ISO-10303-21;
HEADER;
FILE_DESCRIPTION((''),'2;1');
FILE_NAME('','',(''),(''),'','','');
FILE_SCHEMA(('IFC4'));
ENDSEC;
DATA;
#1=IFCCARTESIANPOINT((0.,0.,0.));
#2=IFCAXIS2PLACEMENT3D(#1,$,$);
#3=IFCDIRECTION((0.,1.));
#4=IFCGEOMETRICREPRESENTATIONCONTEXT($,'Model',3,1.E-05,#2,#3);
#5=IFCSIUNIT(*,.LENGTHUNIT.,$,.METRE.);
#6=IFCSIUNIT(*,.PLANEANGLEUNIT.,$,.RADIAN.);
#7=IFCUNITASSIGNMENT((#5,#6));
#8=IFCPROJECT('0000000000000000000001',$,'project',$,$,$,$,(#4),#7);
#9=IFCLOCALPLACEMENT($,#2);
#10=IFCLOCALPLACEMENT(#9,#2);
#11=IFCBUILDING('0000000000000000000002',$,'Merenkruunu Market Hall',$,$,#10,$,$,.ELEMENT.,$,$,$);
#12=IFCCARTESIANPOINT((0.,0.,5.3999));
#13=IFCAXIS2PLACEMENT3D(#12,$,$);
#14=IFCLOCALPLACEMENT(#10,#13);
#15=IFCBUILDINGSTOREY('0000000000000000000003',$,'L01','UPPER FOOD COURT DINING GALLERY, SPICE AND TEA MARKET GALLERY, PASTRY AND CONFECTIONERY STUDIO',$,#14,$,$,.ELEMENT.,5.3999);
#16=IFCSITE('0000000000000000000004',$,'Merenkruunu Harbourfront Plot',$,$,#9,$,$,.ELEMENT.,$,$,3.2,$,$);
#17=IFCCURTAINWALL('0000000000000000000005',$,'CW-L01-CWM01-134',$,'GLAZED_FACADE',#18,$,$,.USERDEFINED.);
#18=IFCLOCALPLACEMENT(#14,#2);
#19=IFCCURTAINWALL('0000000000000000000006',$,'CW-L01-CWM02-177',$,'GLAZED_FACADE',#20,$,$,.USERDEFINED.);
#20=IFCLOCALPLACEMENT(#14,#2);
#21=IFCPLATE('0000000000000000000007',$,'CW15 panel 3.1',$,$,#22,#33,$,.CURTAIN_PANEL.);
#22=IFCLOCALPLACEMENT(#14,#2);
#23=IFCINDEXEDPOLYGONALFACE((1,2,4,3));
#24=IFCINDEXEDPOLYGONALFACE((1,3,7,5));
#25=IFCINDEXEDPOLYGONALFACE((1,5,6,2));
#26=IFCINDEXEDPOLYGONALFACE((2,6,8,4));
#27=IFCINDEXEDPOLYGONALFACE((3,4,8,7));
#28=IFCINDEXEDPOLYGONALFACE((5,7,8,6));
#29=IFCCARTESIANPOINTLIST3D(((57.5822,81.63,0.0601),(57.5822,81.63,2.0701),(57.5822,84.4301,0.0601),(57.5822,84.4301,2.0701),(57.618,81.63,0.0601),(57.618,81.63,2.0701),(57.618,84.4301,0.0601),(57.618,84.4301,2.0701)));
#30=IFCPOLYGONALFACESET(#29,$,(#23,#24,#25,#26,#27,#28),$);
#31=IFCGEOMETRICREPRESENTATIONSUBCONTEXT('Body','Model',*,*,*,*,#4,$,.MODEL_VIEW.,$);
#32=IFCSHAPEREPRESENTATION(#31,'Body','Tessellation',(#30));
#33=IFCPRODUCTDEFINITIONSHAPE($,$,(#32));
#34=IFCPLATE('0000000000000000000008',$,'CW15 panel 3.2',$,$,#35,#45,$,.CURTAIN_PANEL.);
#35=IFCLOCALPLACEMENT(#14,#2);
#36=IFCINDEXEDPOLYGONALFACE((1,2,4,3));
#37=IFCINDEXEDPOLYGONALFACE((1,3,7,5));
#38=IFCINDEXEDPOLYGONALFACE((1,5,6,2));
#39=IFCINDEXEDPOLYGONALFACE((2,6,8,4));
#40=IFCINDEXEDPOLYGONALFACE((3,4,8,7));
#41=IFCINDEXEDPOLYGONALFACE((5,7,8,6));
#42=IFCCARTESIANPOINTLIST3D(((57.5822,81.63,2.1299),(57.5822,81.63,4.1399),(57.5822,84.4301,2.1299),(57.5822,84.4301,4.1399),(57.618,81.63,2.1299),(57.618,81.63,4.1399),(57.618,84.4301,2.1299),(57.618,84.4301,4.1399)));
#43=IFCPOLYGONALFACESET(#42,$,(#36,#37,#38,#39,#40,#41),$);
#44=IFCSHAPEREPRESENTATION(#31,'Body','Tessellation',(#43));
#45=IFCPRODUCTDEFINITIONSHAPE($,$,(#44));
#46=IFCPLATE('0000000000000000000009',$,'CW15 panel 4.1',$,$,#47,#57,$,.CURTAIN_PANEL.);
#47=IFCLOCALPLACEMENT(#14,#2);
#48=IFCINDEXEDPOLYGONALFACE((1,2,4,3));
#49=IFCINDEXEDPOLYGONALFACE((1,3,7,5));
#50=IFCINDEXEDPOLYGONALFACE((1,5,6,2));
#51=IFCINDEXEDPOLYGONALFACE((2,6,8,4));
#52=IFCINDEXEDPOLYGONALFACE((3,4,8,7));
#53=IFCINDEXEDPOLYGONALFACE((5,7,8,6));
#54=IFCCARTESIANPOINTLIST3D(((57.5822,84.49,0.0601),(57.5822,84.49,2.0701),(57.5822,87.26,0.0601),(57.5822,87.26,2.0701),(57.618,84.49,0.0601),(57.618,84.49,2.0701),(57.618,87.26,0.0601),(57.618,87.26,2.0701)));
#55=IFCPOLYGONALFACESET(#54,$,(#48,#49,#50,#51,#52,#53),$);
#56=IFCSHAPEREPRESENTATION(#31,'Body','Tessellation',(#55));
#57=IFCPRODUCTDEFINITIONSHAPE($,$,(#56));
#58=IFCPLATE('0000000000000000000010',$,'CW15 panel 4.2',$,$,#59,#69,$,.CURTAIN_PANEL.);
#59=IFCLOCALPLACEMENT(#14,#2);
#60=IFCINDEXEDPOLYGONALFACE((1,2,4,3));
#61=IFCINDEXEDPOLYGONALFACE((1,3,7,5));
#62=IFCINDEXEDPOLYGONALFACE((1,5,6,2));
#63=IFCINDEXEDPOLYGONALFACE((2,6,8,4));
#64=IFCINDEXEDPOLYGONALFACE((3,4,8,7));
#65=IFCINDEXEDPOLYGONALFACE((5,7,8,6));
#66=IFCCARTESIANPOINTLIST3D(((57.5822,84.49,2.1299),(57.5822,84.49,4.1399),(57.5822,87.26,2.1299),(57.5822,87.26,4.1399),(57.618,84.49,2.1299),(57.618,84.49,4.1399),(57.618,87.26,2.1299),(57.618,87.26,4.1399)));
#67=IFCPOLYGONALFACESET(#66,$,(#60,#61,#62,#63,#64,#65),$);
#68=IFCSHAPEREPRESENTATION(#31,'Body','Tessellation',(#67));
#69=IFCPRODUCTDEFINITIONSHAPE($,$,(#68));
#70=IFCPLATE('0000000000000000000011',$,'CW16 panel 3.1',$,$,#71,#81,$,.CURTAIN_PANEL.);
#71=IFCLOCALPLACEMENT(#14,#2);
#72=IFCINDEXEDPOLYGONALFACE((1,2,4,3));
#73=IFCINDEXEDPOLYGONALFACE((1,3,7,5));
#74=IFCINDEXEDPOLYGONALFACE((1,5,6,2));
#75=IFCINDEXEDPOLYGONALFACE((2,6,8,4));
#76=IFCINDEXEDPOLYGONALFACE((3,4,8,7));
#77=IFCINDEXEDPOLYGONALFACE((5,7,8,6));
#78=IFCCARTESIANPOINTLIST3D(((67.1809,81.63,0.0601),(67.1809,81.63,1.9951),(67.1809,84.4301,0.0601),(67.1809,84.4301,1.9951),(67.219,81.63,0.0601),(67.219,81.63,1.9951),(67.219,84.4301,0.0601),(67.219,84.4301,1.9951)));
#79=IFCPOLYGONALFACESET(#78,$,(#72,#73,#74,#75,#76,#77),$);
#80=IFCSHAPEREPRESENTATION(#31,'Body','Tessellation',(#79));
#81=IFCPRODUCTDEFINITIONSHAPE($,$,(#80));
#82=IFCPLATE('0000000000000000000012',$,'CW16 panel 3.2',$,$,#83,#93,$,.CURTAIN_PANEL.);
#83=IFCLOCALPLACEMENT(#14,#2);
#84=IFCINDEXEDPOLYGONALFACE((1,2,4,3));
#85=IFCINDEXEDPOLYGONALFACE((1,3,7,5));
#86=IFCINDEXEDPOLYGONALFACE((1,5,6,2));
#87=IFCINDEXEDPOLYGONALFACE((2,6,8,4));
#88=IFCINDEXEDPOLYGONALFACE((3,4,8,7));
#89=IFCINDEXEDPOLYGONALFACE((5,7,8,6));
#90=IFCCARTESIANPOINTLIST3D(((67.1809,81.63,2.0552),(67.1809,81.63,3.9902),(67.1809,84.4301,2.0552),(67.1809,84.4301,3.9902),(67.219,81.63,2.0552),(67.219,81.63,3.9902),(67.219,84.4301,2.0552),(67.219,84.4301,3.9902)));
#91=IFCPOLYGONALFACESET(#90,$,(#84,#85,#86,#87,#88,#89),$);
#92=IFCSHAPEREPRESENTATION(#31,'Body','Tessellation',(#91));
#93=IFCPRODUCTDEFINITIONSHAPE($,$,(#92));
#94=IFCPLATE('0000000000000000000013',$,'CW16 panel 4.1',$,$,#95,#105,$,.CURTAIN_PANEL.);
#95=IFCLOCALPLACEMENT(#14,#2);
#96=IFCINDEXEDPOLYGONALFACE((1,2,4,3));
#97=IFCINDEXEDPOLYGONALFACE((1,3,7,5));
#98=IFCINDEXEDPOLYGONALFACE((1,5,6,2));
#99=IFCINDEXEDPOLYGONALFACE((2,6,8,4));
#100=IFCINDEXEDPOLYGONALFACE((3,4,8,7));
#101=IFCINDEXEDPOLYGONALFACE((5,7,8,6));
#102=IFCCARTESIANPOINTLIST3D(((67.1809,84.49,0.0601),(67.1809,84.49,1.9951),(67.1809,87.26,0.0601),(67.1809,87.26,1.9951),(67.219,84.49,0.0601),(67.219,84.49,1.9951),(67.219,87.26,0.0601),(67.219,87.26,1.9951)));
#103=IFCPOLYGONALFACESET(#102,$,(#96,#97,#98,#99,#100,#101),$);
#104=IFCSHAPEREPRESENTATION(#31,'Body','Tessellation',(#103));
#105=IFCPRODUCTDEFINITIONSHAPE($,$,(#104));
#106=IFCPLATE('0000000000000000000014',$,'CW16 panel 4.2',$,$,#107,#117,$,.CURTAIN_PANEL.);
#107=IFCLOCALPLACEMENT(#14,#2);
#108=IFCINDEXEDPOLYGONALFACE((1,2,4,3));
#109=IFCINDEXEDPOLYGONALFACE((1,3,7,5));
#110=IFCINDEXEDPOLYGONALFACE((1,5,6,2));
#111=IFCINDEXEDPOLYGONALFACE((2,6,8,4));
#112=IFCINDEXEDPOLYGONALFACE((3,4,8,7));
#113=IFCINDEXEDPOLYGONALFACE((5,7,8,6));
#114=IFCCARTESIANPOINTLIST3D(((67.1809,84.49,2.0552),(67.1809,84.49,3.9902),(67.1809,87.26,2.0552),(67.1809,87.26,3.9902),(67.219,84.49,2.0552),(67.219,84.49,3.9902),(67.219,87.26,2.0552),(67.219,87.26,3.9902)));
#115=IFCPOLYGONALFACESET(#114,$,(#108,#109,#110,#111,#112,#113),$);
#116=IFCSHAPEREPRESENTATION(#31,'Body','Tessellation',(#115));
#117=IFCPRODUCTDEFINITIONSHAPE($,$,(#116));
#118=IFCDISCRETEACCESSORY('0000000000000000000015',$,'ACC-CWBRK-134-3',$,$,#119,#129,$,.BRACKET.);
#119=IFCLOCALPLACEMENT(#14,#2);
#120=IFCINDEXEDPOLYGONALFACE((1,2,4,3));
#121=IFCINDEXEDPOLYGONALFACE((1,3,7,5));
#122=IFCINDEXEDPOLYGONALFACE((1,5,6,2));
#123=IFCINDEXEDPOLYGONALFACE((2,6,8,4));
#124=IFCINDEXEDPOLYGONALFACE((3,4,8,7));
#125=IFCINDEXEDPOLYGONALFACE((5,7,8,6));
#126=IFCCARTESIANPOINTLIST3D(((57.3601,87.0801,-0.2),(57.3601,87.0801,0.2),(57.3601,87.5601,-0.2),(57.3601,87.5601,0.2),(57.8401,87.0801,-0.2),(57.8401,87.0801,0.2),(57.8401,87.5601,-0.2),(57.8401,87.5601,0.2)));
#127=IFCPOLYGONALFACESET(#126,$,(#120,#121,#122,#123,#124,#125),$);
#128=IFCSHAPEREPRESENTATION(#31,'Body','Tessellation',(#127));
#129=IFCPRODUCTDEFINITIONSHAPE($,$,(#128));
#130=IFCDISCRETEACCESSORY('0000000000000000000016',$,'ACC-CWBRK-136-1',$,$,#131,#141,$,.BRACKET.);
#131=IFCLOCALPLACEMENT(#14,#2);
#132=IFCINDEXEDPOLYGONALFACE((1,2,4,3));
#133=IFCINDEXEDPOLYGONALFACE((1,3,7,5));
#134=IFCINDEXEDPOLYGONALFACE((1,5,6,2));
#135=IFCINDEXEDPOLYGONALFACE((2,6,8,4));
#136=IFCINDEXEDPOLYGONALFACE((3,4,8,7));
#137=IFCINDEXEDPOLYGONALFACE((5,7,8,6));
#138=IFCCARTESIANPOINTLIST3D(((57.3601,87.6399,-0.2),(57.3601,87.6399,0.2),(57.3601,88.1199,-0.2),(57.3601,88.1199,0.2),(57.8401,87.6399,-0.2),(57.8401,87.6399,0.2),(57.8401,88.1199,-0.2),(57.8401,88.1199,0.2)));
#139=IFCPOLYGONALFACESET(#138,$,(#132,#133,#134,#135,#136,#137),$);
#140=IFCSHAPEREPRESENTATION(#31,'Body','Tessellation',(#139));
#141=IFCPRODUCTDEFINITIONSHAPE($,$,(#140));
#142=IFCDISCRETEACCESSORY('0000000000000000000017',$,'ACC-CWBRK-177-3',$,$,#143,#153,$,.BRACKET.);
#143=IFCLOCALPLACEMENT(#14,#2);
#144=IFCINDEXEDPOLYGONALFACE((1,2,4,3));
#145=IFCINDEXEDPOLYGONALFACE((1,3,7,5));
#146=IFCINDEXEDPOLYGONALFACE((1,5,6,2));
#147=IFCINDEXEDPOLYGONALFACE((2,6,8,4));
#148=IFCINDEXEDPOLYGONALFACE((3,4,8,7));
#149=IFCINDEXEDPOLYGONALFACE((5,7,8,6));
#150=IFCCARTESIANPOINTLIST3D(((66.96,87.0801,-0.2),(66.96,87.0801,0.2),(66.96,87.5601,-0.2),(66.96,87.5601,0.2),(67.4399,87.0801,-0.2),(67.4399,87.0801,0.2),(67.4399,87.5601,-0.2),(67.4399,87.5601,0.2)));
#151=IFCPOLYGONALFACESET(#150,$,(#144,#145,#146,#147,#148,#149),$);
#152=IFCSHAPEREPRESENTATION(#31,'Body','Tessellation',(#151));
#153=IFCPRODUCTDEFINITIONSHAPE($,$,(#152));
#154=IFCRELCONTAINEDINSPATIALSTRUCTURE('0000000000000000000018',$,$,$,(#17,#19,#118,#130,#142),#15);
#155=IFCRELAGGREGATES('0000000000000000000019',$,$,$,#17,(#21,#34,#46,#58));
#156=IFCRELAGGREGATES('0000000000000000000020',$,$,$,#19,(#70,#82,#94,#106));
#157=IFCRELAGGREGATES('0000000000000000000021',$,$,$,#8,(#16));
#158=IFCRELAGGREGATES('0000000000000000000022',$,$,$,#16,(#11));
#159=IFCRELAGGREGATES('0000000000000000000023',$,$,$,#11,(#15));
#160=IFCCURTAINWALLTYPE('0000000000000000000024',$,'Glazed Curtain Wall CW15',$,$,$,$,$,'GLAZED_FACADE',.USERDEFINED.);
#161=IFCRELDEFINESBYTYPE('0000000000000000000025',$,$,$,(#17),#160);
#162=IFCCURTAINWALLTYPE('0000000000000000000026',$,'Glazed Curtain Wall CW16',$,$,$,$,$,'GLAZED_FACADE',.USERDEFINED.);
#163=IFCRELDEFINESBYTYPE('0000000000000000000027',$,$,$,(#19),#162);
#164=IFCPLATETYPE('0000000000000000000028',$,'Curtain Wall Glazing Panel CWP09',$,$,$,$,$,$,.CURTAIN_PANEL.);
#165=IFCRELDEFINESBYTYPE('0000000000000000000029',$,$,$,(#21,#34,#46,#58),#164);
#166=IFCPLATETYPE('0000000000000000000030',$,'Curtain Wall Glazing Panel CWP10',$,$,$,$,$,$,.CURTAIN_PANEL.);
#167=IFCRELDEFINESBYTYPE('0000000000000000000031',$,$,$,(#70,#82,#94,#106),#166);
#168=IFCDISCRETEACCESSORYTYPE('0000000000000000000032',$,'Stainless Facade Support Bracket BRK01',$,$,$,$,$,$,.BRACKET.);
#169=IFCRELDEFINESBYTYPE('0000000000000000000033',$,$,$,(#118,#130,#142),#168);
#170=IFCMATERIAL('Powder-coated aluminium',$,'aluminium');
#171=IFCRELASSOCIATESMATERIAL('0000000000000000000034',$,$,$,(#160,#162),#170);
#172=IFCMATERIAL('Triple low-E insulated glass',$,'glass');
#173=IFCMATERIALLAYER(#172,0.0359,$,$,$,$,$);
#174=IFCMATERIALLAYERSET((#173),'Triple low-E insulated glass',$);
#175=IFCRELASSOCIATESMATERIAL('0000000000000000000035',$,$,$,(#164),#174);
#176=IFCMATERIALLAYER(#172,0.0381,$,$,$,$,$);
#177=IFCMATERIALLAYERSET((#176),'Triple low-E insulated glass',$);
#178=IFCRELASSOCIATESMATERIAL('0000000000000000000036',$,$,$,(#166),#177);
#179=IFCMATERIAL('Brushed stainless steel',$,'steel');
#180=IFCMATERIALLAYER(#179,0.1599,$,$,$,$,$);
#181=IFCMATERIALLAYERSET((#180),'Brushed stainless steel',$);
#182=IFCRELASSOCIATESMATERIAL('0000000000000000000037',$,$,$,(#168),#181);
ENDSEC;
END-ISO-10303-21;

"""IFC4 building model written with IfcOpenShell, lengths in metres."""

from ifc_helpers import new_model, si_unit, direction, frame, origin, origin_2d, place, context, subcontext, project, spatial, rectangle, extrude, material, layer, layer_set, type_object, element, aggregate, save


model = new_model("IFC4")

# Units and contexts
model_context = context("Model", 3, precision=1e-05, world=origin(), true_north=direction((0.0, 1.0)))
body_context = subcontext(model_context, "Body", "Model", "MODEL_VIEW")
ifc_project = project(units=[si_unit("LENGTHUNIT", "METRE"), si_unit("PLANEANGLEUNIT", "RADIAN")], contexts=[model_context])

# Site, building, storey
site_placement = place(None, origin())
site = spatial("IfcSite", under=ifc_project, at=site_placement, Name="Merenkruunu Harbourfront Plot", CompositionType="ELEMENT", RefElevation=3.2)
building_placement = place(site_placement, origin())
building = spatial("IfcBuilding", under=site, at=building_placement, Name="Merenkruunu Market Hall", CompositionType="ELEMENT")
storey_placement = place(building_placement, frame((0.0, 0.0, 5.3999)))
storey = spatial("IfcBuildingStorey", under=building, at=storey_placement, Name="L01", Description="UPPER FOOD COURT DINING GALLERY, SPICE AND TEA MARKET GALLERY, PASTRY AND CONFECTIONERY STUDIO", CompositionType="ELEMENT", Elevation=5.3999)

# Curtain wall
ifc_material_1 = material(Name="Powder-coated aluminium", Category="aluminium")
curtain_wall_type_1 = type_object("IfcCurtainWallType", Name="Glazed Curtain Wall CW15", ElementType="GLAZED_FACADE", PredefinedType="USERDEFINED", material=ifc_material_1)
curtain_wall_1_placement = place(storey_placement, origin())
curtain_wall_1 = element("IfcCurtainWall", 1, at=curtain_wall_1_placement, inside=storey, type_object=curtain_wall_type_1, Name="CW-L01-CWM01-134", ObjectType="GLAZED_FACADE", PredefinedType="USERDEFINED")

# Curtain wall
curtain_wall_type_2 = type_object("IfcCurtainWallType", Name="Glazed Curtain Wall CW16", ElementType="GLAZED_FACADE", PredefinedType="USERDEFINED", material=ifc_material_1)
curtain_wall_2_placement = place(storey_placement, origin())
curtain_wall_2 = element("IfcCurtainWall", 2, at=curtain_wall_2_placement, inside=storey, type_object=curtain_wall_type_2, Name="CW-L01-CWM02-177", ObjectType="GLAZED_FACADE", PredefinedType="USERDEFINED")

# Plates
ifc_material_2 = material(Name="Triple low-E insulated glass", Category="glass")
ifc_layer_1 = layer(ifc_material_2, 0.0359)
ifc_layer_set_1 = layer_set([ifc_layer_1], Name="Triple low-E insulated glass")
plate_type_1 = type_object("IfcPlateType", Name="Curtain Wall Glazing Panel CWP09", PredefinedType="CURTAIN_PANEL", material=ifc_layer_set_1)
plate_1_placement = place(storey_placement, frame((57.6001, 83.03, 0.0601), z_axis=(0.0, 0.0, 1.0), x_axis=(0.0, 1.0, 0.0)))
plate_1 = element("IfcPlate", 3, at=plate_1_placement, type_object=plate_type_1, Name="CW15 panel 3.1", PredefinedType="CURTAIN_PANEL", context=body_context, shape_type="SweptSolid", body=[
    extrude(rectangle(XDim=2.8, YDim=0.0359, at=origin_2d()), origin(), (0.0, 0.0, 1.0), 2.01),
])
plate_2_placement = place(storey_placement, frame((57.6001, 83.03, 2.1299), z_axis=(0.0, 0.0, 1.0), x_axis=(0.0, 1.0, 0.0)))
plate_2 = element("IfcPlate", 4, at=plate_2_placement, type_object=plate_type_1, Name="CW15 panel 3.2", PredefinedType="CURTAIN_PANEL", context=body_context, shape_type="SweptSolid", body=[
    extrude(rectangle(XDim=2.8, YDim=0.0359, at=origin_2d()), origin(), (0.0, 0.0, 1.0), 2.01),
])
plate_3_placement = place(storey_placement, frame((57.6001, 85.875, 0.0601), z_axis=(0.0, 0.0, 1.0), x_axis=(0.0, 1.0, 0.0)))
plate_3 = element("IfcPlate", 5, at=plate_3_placement, type_object=plate_type_1, Name="CW15 panel 4.1", PredefinedType="CURTAIN_PANEL", context=body_context, shape_type="SweptSolid", body=[
    extrude(rectangle(XDim=2.77, YDim=0.0359, at=origin_2d()), origin(), (0.0, 0.0, 1.0), 2.01),
])
plate_4_placement = place(storey_placement, frame((57.6001, 85.875, 2.1299), z_axis=(0.0, 0.0, 1.0), x_axis=(0.0, 1.0, 0.0)))
plate_4 = element("IfcPlate", 6, at=plate_4_placement, type_object=plate_type_1, Name="CW15 panel 4.2", PredefinedType="CURTAIN_PANEL", context=body_context, shape_type="SweptSolid", body=[
    extrude(rectangle(XDim=2.77, YDim=0.0359, at=origin_2d()), origin(), (0.0, 0.0, 1.0), 2.01),
])
aggregate(curtain_wall_1, [plate_1, plate_2, plate_3, plate_4])
ifc_layer_2 = layer(ifc_material_2, 0.0381)
ifc_layer_set_2 = layer_set([ifc_layer_2], Name="Triple low-E insulated glass")
plate_type_2 = type_object("IfcPlateType", Name="Curtain Wall Glazing Panel CWP10", PredefinedType="CURTAIN_PANEL", material=ifc_layer_set_2)
plate_5_placement = place(storey_placement, frame((67.2, 83.03, 0.0601), z_axis=(0.0, 0.0, 1.0), x_axis=(0.0, 1.0, 0.0)))
plate_5 = element("IfcPlate", 7, at=plate_5_placement, type_object=plate_type_2, Name="CW16 panel 3.1", PredefinedType="CURTAIN_PANEL", context=body_context, shape_type="SweptSolid", body=[
    extrude(rectangle(XDim=2.8, YDim=0.0381, at=origin_2d()), origin(), (0.0, 0.0, 1.0), 1.9351),
])
plate_6_placement = place(storey_placement, frame((67.2, 83.03, 2.0552), z_axis=(0.0, 0.0, 1.0), x_axis=(0.0, 1.0, 0.0)))
plate_6 = element("IfcPlate", 8, at=plate_6_placement, type_object=plate_type_2, Name="CW16 panel 3.2", PredefinedType="CURTAIN_PANEL", context=body_context, shape_type="SweptSolid", body=[
    extrude(rectangle(XDim=2.8, YDim=0.0381, at=origin_2d()), origin(), (0.0, 0.0, 1.0), 1.9351),
])
plate_7_placement = place(storey_placement, frame((67.2, 85.875, 0.0601), z_axis=(0.0, 0.0, 1.0), x_axis=(0.0, 1.0, 0.0)))
plate_7 = element("IfcPlate", 9, at=plate_7_placement, type_object=plate_type_2, Name="CW16 panel 4.1", PredefinedType="CURTAIN_PANEL", context=body_context, shape_type="SweptSolid", body=[
    extrude(rectangle(XDim=2.77, YDim=0.0381, at=origin_2d()), origin(), (0.0, 0.0, 1.0), 1.9351),
])
plate_8_placement = place(storey_placement, frame((67.2, 85.875, 2.0552), z_axis=(0.0, 0.0, 1.0), x_axis=(0.0, 1.0, 0.0)))
plate_8 = element("IfcPlate", 10, at=plate_8_placement, type_object=plate_type_2, Name="CW16 panel 4.2", PredefinedType="CURTAIN_PANEL", context=body_context, shape_type="SweptSolid", body=[
    extrude(rectangle(XDim=2.77, YDim=0.0381, at=origin_2d()), origin(), (0.0, 0.0, 1.0), 1.9351),
])
aggregate(curtain_wall_2, [plate_5, plate_6, plate_7, plate_8])

# Discrete accessories
ifc_material_3 = material(Name="Brushed stainless steel", Category="steel")
ifc_layer_3 = layer(ifc_material_3, 0.1599)
ifc_layer_set_3 = layer_set([ifc_layer_3], Name="Brushed stainless steel")
discrete_accessory_type = type_object("IfcDiscreteAccessoryType", Name="Stainless Facade Support Bracket BRK01", PredefinedType="BRACKET", material=ifc_layer_set_3)
for number, where, z_axis, x_axis, name in (
    (11, (57.6001, 87.3201, -0.2), (0.0, 0.0, 1.0), (1.0, 0.0, 0.0), "ACC-CWBRK-134-3"),
    (12, (57.6001, 87.8799, -0.2), (0.0, 0.0, 1.0), (1.0, 0.0, 0.0), "ACC-CWBRK-136-1"),
    (13, (67.2, 87.3201, -0.2), (0.0, 0.0, 1.0), (1.0, 0.0, 0.0), "ACC-CWBRK-177-3"),
):
    element("IfcDiscreteAccessory", number, at=place(storey_placement, frame(where, z_axis=z_axis, x_axis=x_axis)), inside=storey, type_object=discrete_accessory_type, Name=name, PredefinedType="BRACKET", context=body_context, shape_type="SweptSolid", body=[
        extrude(rectangle(XDim=0.48, YDim=0.48, at=origin_2d()), origin(), (0.0, 0.0, 1.0), 0.3999),
    ])

save(model, "model.ifc")
